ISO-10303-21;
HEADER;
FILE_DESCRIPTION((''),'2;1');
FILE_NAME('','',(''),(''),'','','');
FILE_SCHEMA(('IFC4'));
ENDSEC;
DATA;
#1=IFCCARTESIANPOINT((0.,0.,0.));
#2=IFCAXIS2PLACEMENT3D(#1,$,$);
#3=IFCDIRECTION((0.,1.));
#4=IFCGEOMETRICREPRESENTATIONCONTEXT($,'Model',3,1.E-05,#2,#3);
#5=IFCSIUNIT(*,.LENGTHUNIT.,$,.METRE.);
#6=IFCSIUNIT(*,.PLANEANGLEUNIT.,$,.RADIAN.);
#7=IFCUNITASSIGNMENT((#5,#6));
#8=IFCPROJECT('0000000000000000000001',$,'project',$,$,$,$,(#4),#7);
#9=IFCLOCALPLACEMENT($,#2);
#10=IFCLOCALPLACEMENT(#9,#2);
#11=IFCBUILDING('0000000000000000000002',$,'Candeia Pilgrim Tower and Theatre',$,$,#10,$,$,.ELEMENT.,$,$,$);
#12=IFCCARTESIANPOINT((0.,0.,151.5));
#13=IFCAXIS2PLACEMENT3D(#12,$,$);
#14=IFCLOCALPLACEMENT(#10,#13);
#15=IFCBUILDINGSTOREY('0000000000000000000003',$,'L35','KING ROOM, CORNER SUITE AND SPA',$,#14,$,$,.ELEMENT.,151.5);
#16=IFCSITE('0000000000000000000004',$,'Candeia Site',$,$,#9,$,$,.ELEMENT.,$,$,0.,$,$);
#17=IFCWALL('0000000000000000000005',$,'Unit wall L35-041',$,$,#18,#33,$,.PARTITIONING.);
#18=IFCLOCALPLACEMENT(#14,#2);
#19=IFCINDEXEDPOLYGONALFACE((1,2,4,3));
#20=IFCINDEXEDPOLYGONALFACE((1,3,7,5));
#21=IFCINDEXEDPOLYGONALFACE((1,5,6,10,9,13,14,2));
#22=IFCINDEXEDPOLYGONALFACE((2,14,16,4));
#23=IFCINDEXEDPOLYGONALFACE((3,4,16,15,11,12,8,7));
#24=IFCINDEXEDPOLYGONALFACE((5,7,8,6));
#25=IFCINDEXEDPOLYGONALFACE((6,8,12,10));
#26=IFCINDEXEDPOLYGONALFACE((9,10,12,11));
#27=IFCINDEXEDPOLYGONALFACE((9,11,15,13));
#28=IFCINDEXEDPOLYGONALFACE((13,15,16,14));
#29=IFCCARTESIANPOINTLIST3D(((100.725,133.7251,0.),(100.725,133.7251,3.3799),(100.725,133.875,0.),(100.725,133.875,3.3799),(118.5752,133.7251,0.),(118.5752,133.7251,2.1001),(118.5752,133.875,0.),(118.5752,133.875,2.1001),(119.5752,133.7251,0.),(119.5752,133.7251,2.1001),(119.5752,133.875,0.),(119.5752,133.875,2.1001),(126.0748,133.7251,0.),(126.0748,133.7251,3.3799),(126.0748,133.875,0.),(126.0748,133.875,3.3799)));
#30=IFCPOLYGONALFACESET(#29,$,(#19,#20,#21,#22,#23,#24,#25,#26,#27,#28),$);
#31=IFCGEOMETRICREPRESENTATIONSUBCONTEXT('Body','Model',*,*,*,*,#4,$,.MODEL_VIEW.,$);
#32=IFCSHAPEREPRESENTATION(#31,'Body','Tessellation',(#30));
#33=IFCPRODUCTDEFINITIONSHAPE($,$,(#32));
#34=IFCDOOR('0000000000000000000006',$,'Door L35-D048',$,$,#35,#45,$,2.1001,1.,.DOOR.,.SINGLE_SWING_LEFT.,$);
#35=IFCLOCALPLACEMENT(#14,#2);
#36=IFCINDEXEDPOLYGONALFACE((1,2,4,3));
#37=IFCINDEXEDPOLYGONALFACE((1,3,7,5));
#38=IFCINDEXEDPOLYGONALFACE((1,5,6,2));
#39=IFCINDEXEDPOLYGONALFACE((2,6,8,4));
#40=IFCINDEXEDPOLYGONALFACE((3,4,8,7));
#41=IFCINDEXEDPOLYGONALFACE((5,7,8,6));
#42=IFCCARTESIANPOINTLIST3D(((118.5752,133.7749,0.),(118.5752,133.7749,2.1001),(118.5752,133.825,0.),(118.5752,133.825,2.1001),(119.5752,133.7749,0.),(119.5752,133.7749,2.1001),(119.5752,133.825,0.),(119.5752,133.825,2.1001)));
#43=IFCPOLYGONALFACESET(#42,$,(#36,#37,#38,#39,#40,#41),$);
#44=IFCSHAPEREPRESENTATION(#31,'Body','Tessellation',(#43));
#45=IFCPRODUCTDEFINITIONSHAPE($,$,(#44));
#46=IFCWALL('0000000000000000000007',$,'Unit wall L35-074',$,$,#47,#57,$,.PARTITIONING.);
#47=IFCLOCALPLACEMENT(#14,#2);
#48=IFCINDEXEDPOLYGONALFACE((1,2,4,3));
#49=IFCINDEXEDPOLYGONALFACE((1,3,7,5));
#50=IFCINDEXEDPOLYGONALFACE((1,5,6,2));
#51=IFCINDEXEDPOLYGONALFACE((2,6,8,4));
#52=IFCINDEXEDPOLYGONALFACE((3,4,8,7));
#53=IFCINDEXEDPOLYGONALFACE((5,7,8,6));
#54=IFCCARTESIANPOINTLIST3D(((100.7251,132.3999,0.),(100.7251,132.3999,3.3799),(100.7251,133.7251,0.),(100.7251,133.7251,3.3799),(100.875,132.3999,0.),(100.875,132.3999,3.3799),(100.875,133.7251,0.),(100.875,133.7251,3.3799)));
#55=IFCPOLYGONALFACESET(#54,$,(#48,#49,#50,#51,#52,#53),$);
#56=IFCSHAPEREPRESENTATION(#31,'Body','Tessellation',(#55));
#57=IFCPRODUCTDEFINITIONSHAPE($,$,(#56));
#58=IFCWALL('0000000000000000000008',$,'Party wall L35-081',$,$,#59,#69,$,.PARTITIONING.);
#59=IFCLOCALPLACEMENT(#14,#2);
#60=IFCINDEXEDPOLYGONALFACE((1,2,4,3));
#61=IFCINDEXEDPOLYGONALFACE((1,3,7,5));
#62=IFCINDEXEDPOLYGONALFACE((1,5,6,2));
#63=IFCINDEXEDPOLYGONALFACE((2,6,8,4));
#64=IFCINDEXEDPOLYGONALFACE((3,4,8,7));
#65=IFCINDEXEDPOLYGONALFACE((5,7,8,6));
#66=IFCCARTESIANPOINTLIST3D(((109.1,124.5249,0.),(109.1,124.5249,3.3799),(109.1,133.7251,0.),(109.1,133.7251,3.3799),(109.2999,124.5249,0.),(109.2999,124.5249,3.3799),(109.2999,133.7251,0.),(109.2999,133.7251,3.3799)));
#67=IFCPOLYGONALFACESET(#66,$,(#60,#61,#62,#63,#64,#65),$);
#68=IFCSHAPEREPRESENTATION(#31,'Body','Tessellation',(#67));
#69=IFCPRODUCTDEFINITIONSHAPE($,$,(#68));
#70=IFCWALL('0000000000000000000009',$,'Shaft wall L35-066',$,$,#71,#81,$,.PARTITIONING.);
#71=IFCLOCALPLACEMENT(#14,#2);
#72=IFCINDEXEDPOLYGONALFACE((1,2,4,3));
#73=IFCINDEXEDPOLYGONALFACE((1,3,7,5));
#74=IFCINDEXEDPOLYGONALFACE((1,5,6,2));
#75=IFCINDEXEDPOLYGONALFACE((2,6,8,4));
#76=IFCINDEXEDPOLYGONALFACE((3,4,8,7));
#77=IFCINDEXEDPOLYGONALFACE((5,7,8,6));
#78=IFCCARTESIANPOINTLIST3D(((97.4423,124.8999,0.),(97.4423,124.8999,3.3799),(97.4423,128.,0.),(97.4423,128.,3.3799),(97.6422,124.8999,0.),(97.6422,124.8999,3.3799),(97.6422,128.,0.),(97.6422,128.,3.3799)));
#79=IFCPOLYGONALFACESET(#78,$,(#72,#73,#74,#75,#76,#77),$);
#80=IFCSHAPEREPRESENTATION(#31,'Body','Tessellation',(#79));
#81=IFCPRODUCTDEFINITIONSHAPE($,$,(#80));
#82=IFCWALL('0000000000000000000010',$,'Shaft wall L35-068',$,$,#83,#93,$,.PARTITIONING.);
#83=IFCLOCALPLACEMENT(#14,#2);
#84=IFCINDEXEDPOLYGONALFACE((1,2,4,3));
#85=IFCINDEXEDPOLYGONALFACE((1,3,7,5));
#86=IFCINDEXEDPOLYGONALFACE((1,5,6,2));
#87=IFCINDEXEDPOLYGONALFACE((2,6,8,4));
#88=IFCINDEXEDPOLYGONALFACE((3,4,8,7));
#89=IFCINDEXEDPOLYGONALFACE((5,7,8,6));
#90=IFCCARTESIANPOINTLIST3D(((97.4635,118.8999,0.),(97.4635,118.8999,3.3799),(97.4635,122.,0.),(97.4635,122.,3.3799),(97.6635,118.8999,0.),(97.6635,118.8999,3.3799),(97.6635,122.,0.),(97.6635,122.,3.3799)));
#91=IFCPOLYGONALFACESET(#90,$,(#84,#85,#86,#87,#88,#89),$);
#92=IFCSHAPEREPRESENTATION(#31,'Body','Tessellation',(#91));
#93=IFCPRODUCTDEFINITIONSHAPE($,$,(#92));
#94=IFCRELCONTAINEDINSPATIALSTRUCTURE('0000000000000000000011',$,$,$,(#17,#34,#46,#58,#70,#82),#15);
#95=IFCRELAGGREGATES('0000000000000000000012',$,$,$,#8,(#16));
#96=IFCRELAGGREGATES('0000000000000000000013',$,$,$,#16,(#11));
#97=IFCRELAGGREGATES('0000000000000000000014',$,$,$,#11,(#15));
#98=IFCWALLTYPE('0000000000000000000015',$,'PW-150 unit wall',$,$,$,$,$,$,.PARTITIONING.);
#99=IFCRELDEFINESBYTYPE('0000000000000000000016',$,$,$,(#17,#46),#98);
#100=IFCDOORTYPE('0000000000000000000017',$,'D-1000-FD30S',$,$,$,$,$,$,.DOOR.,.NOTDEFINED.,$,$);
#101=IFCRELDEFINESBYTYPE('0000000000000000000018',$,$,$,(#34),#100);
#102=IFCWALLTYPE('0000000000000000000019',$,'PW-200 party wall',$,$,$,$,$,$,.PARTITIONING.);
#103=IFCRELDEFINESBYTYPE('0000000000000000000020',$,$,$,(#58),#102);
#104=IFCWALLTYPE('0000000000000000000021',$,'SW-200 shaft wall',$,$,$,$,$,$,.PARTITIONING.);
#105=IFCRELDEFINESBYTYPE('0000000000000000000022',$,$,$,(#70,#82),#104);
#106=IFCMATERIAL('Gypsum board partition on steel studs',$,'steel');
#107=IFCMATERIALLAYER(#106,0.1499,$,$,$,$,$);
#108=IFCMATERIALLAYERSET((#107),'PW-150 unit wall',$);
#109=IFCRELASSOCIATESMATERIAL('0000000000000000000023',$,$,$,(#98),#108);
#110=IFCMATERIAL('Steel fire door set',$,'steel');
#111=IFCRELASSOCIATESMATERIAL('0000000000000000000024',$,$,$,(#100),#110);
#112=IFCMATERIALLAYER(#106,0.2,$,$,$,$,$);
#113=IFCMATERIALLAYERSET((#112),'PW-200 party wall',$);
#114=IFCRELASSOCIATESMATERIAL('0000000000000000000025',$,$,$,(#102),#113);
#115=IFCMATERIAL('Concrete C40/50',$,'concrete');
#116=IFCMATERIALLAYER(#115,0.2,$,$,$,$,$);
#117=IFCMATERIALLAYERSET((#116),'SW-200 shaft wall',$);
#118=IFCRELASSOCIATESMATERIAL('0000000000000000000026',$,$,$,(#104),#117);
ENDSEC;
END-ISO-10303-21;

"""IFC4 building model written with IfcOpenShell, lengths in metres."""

from ifc_helpers import new_model, si_unit, direction, frame, frame_2d, origin, place, context, subcontext, project, spatial, rectangle, extrude, material, layer, layer_set, type_object, element, fill, save


model = new_model("IFC4")

# Units and contexts
model_context = context("Model", 3, precision=1e-05, world=origin(), true_north=direction((0.0, 1.0)))
body_context = subcontext(model_context, "Body", "Model", "MODEL_VIEW")
ifc_project = project(units=[si_unit("LENGTHUNIT", "METRE"), si_unit("PLANEANGLEUNIT", "RADIAN")], contexts=[model_context])

# Site, building, storey
site_placement = place(None, origin())
site = spatial("IfcSite", under=ifc_project, at=site_placement, Name="Candeia Site", CompositionType="ELEMENT", RefElevation=0.0)
building_placement = place(site_placement, origin())
building = spatial("IfcBuilding", under=site, at=building_placement, Name="Candeia Pilgrim Tower and Theatre", CompositionType="ELEMENT")
storey_placement = place(building_placement, frame((0.0, 0.0, 151.5)))
storey = spatial("IfcBuildingStorey", under=building, at=storey_placement, Name="L35", Description="KING ROOM, CORNER SUITE AND SPA", CompositionType="ELEMENT", Elevation=151.5)

# Shared definitions
ifc_material_1 = material(Name="Steel fire door set", Category="steel")

# Shared definitions
ifc_material_2 = material(Name="Gypsum board partition on steel studs", Category="steel")
ifc_layer_1 = layer(ifc_material_2, 0.1499)
ifc_layer_set_1 = layer_set([ifc_layer_1], Name="PW-150 unit wall")
wall_type_1 = type_object("IfcWallType", Name="PW-150 unit wall", PredefinedType="PARTITIONING", material=ifc_layer_set_1)

# Shared definitions
door_type_1 = type_object("IfcDoorType", Name="D-1000-FD30S", OperationType="NOTDEFINED", PredefinedType="DOOR", material=ifc_material_1)

# Wall, opening, door
wall_1_placement = place(storey_placement, frame((100.7251, 133.8, 0.0), z_axis=(0.0, 0.0, 1.0), x_axis=(1.0, 0.0, 0.0)))
wall_1 = element("IfcWall", 1, at=wall_1_placement, inside=storey, type_object=wall_type_1, Name="Unit wall L35-041", PredefinedType="PARTITIONING", context=body_context, shape_type="SweptSolid", body=[
    extrude(rectangle(XDim=25.3499, YDim=0.1499, at=frame_2d((12.6748, 0.0))), origin(), (0.0, 0.0, 1.0), 3.3799),
])
opening_1_placement = place(wall_1_placement, frame((17.8501, 0.0, 0.0)))
opening_1 = element("IfcOpeningElement", 2, at=opening_1_placement, cuts=wall_1, PredefinedType="OPENING", context=body_context, shape_type="SweptSolid", body=[
    extrude(rectangle(XDim=1.0, YDim=2.1001, at=frame_2d((0.5, 1.05))), frame((0.0, 0.085, 0.0), z_axis=(0.0, -1.0, 0.0), x_axis=(1.0, 0.0, 0.0)), (0.0, 0.0, 1.0), 0.1699),
])
door_1_placement = place(opening_1_placement, origin())
door_1 = element("IfcDoor", 3, at=door_1_placement, inside=storey, type_object=door_type_1, Name="Door L35-D048", OperationType="SINGLE_SWING_LEFT", OverallHeight=2.1001, OverallWidth=1.0, PredefinedType="DOOR", context=body_context, shape_type="SweptSolid", body=[
    extrude(rectangle(XDim=1.0, YDim=2.1001, at=frame_2d((0.5, 1.05))), frame((0.0, 0.0249, 0.0), z_axis=(0.0, -1.0, 0.0), x_axis=(1.0, 0.0, 0.0)), (0.0, 0.0, 1.0), 0.05),
])
fill(opening_1, door_1)

# Walls
wall_2_placement = place(storey_placement, frame((100.8, 132.3999, 0.0), z_axis=(0.0, 0.0, 1.0), x_axis=(0.0, 1.0, 0.0)))
element("IfcWall", 4, at=wall_2_placement, inside=storey, type_object=wall_type_1, Name="Unit wall L35-074", PredefinedType="PARTITIONING", context=body_context, shape_type="SweptSolid", body=[
    extrude(rectangle(XDim=1.3252, YDim=0.1499, at=frame_2d((0.6626, 0.0))), origin(), (0.0, 0.0, 1.0), 3.3799),
])
ifc_layer_2 = layer(ifc_material_2, 0.2)
ifc_layer_set_2 = layer_set([ifc_layer_2], Name="PW-200 party wall")
wall_type_2 = type_object("IfcWallType", Name="PW-200 party wall", PredefinedType="PARTITIONING", material=ifc_layer_set_2)
wall_3_placement = place(storey_placement, frame((109.2, 124.5249, 0.0), z_axis=(0.0, 0.0, 1.0), x_axis=(0.0, 1.0, 0.0)))
element("IfcWall", 5, at=wall_3_placement, inside=storey, type_object=wall_type_2, Name="Party wall L35-081", PredefinedType="PARTITIONING", context=body_context, shape_type="SweptSolid", body=[
    extrude(rectangle(XDim=9.2002, YDim=0.2, at=frame_2d((4.6001, 0.0))), origin(), (0.0, 0.0, 1.0), 3.3799),
])
ifc_material_3 = material(Name="Concrete C40/50", Category="concrete")
ifc_layer_3 = layer(ifc_material_3, 0.2)
ifc_layer_set_3 = layer_set([ifc_layer_3], Name="SW-200 shaft wall")
wall_type_3 = type_object("IfcWallType", Name="SW-200 shaft wall", PredefinedType="PARTITIONING", material=ifc_layer_set_3)
for number, where, z_axis, x_axis, name in (
    (6, (97.5422, 124.8999, 0.0), (0.0, 0.0, 1.0), (0.0, 1.0, 0.0), "Shaft wall L35-066"),
    (7, (97.5635, 118.8999, 0.0), (0.0, 0.0, 1.0), (0.0, 1.0, 0.0), "Shaft wall L35-068"),
):
    element("IfcWall", number, at=place(storey_placement, frame(where, z_axis=z_axis, x_axis=x_axis)), inside=storey, type_object=wall_type_3, Name=name, PredefinedType="PARTITIONING", context=body_context, shape_type="SweptSolid", body=[
        extrude(rectangle(XDim=3.1001, YDim=0.2, at=frame_2d((1.55, 0.0))), origin(), (0.0, 0.0, 1.0), 3.3799),
    ])

save(model, "model.ifc")
